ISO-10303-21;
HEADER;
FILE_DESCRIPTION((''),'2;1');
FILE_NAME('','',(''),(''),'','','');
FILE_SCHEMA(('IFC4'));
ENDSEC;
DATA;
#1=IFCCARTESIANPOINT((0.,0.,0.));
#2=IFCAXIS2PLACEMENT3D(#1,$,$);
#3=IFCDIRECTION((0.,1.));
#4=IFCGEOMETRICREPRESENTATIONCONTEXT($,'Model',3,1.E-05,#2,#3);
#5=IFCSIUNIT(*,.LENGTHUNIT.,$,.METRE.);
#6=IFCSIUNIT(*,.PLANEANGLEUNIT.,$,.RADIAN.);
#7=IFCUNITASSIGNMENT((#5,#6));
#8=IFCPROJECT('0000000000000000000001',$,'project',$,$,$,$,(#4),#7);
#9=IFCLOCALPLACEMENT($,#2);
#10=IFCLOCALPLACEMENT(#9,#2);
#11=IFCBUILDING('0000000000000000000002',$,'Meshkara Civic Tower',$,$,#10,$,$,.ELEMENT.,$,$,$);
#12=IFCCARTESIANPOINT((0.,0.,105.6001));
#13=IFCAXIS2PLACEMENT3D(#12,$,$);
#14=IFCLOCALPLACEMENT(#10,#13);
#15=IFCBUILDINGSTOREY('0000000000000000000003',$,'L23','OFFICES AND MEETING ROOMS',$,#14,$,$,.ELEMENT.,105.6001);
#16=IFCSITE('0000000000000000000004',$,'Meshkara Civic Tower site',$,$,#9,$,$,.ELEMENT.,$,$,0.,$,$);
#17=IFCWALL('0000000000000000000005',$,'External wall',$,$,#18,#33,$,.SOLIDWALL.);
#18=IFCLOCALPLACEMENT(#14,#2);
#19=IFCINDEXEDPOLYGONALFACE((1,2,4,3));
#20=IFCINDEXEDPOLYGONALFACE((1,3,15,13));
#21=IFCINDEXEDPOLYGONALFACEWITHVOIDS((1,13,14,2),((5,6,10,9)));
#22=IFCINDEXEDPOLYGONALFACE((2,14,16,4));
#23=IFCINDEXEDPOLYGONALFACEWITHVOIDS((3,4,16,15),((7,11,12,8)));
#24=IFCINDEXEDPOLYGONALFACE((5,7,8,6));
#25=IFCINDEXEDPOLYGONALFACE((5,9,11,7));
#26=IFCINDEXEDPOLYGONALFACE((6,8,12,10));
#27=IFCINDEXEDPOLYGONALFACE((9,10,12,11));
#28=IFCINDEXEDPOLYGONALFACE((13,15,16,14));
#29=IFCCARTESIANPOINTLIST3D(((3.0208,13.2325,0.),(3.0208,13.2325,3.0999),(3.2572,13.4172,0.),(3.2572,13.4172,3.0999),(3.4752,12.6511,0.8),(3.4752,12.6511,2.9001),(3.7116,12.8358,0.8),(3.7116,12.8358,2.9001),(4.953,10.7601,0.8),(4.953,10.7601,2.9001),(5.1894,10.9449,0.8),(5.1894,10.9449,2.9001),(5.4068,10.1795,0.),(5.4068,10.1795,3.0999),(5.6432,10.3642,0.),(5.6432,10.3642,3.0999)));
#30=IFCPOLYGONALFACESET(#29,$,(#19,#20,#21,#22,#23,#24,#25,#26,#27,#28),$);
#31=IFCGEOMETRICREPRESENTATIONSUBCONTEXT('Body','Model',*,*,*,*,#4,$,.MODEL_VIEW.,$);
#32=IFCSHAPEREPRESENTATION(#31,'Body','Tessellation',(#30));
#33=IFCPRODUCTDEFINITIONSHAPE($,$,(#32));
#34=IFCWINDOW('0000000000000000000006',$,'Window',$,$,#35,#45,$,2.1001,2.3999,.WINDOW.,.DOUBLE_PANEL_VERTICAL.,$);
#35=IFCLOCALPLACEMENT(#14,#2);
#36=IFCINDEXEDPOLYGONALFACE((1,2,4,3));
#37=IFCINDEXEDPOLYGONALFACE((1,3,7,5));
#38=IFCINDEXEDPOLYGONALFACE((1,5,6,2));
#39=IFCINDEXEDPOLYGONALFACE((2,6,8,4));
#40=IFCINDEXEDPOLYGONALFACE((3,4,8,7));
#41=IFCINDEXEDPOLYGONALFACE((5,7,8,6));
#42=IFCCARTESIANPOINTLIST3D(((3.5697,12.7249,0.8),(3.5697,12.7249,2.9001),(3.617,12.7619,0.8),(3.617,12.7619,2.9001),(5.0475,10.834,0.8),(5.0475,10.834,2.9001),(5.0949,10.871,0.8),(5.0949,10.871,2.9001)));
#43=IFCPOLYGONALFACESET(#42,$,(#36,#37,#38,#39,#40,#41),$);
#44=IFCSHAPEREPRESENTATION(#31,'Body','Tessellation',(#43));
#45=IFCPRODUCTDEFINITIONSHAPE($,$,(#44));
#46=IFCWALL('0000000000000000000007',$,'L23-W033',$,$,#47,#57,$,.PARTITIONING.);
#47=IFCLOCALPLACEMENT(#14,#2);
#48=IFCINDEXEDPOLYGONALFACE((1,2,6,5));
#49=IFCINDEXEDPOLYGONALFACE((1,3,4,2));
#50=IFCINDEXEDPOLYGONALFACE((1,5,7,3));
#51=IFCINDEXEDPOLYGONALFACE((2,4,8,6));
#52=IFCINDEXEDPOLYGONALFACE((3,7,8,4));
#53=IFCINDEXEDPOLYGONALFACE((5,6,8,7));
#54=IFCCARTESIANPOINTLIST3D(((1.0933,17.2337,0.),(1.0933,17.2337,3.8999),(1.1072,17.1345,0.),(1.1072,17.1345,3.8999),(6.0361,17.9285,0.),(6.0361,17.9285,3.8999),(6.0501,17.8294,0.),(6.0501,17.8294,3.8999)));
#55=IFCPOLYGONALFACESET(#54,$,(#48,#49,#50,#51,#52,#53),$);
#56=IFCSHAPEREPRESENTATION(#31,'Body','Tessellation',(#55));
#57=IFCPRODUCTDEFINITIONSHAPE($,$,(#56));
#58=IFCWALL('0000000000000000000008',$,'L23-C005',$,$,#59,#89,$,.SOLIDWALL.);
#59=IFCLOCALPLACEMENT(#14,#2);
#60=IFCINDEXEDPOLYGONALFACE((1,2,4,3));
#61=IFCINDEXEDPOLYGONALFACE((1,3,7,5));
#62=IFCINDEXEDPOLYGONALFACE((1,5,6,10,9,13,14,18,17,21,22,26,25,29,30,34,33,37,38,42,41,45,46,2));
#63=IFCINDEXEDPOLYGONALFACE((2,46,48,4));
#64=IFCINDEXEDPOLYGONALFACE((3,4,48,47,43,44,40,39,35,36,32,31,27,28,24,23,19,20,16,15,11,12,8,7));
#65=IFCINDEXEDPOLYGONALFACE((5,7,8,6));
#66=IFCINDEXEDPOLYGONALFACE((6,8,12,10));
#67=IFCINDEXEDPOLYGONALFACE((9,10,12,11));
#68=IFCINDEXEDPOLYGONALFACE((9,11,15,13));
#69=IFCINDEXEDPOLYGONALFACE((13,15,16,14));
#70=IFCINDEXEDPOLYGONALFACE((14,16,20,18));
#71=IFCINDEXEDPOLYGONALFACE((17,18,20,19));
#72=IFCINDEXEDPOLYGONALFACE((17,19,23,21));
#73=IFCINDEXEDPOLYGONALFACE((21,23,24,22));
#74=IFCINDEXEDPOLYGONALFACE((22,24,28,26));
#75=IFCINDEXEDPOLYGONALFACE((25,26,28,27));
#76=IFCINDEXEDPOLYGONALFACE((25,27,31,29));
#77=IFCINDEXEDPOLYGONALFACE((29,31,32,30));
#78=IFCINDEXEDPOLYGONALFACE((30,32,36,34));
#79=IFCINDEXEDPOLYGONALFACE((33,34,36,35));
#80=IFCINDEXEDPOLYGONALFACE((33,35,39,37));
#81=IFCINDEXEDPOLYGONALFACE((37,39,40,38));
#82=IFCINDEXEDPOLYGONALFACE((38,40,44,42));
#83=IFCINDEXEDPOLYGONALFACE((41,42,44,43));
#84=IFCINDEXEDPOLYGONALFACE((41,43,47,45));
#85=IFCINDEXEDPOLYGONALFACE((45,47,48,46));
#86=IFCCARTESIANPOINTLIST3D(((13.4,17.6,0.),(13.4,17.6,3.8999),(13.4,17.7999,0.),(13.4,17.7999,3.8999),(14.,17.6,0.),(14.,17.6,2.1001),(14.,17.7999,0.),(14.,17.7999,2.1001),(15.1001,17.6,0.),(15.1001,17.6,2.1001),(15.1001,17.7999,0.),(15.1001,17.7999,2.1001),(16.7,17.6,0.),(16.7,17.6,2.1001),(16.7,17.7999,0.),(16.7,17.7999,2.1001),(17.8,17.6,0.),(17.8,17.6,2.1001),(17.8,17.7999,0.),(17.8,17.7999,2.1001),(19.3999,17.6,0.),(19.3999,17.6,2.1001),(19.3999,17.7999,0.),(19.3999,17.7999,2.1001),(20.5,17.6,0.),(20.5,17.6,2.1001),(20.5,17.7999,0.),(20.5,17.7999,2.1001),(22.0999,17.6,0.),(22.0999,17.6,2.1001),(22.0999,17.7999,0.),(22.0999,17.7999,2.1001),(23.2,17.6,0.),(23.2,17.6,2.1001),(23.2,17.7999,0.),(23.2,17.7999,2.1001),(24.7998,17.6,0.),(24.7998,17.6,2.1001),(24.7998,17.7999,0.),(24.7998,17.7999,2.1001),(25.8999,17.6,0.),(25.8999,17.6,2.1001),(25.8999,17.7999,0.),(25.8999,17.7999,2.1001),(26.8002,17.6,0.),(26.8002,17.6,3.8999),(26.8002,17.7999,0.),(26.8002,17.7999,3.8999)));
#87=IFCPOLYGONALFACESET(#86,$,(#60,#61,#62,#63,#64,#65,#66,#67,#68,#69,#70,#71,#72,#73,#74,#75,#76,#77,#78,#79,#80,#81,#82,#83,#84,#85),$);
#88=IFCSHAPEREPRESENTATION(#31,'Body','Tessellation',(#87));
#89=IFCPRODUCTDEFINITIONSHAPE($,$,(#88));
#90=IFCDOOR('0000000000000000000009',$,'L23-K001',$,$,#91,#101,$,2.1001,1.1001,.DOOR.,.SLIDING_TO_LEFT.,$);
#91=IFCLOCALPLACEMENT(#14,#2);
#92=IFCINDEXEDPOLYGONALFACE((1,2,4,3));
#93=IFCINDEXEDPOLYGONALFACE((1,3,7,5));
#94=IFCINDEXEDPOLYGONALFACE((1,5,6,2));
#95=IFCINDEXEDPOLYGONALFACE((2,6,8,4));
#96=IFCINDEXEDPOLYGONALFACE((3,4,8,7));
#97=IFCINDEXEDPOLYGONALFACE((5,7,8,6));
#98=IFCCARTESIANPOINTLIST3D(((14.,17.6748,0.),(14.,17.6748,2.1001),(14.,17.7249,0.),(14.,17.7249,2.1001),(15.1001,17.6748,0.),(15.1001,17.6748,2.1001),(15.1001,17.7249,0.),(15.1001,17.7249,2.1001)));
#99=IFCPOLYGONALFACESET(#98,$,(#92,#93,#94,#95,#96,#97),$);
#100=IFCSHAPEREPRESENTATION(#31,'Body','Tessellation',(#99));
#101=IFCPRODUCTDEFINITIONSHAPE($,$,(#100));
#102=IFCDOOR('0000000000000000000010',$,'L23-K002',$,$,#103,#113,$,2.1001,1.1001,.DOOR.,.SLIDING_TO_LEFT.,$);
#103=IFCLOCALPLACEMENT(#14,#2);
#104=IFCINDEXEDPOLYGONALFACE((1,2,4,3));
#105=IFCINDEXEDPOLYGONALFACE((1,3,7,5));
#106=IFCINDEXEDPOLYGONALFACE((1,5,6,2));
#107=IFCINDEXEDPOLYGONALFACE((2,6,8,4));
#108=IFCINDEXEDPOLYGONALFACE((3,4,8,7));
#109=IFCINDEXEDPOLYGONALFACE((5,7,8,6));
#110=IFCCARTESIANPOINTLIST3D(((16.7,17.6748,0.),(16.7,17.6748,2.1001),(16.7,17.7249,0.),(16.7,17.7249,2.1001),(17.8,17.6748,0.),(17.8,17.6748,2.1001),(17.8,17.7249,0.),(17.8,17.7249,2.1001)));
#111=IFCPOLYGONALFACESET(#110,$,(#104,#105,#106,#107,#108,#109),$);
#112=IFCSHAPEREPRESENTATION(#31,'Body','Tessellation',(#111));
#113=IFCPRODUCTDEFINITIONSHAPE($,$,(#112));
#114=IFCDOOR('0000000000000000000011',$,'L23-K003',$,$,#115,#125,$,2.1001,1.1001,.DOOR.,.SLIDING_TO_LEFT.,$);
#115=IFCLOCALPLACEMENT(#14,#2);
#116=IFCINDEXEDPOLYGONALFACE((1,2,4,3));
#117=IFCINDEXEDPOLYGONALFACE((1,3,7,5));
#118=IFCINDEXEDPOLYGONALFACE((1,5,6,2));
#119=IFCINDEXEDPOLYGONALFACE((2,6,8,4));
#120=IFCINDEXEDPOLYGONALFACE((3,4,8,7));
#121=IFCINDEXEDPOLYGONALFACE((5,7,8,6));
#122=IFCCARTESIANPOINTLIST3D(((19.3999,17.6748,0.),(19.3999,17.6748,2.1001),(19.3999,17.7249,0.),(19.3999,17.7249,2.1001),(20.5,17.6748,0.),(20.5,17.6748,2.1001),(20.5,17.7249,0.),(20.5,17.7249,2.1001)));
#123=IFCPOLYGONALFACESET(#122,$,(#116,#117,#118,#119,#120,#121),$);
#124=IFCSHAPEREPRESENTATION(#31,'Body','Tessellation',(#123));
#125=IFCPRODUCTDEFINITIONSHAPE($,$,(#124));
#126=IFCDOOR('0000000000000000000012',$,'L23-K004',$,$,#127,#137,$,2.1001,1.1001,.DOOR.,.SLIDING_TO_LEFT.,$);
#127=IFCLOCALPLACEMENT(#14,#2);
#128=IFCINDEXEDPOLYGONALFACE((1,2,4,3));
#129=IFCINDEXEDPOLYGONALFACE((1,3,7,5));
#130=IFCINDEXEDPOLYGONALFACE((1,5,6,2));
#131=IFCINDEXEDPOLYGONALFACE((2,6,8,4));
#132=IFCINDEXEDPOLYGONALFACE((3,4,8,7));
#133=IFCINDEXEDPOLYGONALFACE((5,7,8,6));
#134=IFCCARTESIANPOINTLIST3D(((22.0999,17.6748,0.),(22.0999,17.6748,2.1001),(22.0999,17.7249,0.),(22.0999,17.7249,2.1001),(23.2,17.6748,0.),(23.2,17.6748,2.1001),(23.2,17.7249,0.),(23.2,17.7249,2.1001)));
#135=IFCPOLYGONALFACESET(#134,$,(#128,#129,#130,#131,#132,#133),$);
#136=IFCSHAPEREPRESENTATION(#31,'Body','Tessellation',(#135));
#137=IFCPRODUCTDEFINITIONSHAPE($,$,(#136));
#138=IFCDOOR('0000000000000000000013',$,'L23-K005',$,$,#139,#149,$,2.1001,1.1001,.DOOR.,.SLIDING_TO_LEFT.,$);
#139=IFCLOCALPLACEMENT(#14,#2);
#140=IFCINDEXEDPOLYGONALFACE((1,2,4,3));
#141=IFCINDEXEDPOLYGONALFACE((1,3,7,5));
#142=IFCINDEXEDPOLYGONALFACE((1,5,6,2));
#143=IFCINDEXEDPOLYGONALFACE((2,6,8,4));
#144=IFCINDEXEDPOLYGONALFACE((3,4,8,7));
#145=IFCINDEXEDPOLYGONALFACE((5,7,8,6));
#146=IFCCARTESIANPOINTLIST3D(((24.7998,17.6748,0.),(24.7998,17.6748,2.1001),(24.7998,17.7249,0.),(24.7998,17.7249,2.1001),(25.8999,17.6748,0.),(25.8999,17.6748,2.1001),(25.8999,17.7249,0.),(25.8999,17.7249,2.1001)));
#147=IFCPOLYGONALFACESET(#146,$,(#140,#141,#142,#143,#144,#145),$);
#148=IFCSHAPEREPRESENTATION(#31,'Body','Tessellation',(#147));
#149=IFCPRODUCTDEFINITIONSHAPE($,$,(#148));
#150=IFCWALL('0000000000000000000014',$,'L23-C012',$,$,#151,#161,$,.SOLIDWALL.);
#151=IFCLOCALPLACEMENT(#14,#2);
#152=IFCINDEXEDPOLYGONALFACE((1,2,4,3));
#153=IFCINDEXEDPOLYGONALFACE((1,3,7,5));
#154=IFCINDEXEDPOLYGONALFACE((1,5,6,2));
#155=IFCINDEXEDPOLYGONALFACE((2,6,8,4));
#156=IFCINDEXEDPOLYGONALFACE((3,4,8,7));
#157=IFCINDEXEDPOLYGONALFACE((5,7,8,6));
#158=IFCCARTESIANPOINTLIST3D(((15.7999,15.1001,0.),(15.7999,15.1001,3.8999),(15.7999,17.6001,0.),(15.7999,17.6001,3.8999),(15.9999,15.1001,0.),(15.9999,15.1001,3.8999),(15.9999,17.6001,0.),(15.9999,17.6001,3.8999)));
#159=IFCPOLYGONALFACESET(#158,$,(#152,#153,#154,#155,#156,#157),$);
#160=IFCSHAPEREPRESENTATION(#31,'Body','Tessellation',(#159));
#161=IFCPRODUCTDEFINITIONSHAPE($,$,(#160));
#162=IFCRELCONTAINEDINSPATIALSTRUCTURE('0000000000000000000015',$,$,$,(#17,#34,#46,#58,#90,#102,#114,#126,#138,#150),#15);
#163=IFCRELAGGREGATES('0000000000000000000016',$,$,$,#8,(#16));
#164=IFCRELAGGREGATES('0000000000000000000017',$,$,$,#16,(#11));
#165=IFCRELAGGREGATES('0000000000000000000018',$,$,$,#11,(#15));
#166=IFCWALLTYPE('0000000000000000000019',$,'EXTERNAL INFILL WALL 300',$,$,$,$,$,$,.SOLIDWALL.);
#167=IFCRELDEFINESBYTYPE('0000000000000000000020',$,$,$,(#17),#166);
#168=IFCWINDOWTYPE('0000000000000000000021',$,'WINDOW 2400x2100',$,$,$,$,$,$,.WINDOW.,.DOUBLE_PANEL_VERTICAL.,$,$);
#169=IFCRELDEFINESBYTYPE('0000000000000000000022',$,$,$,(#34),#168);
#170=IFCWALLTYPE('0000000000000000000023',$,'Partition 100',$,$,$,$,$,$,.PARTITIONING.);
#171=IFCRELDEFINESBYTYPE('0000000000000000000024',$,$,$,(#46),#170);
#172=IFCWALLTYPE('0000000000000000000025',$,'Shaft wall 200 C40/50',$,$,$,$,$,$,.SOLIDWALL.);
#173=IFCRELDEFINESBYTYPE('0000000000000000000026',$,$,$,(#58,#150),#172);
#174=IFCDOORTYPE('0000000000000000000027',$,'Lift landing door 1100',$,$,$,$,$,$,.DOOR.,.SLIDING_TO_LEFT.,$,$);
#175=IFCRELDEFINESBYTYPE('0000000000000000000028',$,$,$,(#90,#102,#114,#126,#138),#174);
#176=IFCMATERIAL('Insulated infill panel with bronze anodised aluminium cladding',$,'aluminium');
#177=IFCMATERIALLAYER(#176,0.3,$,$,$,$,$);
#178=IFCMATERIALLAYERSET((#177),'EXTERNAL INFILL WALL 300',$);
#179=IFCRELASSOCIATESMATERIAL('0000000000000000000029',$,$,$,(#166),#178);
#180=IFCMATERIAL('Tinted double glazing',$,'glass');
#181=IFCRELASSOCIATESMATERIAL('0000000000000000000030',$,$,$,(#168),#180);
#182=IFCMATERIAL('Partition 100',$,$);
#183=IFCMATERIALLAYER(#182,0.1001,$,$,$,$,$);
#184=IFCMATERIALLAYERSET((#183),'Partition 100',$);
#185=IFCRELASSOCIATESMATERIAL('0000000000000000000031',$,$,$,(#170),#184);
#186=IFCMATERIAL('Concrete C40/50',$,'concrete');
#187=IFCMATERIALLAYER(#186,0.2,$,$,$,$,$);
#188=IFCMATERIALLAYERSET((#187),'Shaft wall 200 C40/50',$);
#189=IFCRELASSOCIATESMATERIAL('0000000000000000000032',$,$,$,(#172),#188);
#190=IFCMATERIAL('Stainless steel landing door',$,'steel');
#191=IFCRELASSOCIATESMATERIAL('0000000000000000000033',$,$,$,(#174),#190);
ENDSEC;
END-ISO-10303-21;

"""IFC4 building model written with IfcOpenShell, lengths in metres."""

from ifc_helpers import new_model, si_unit, direction, frame, frame_2d, origin, place, context, subcontext, project, spatial, rectangle, extrude, material, layer, layer_set, type_object, element, fill, save


model = new_model("IFC4")

# Units and contexts
model_context = context("Model", 3, precision=1e-05, world=origin(), true_north=direction((0.0, 1.0)))
body_context = subcontext(model_context, "Body", "Model", "MODEL_VIEW")
ifc_project = project(units=[si_unit("LENGTHUNIT", "METRE"), si_unit("PLANEANGLEUNIT", "RADIAN")], contexts=[model_context])

# Site, building, storey
site_placement = place(None, origin())
site = spatial("IfcSite", under=ifc_project, at=site_placement, Name="Meshkara Civic Tower site", CompositionType="ELEMENT", RefElevation=0.0)
building_placement = place(site_placement, origin())
building = spatial("IfcBuilding", under=site, at=building_placement, Name="Meshkara Civic Tower", CompositionType="ELEMENT")
storey_placement = place(building_placement, frame((0.0, 0.0, 105.6001)))
storey = spatial("IfcBuildingStorey", under=building, at=storey_placement, Name="L23", Description="OFFICES AND MEETING ROOMS", CompositionType="ELEMENT", Elevation=105.6001)

# Wall, opening, window
ifc_material_1 = material(Name="Insulated infill panel with bronze anodised aluminium cladding", Category="aluminium")
ifc_layer_1 = layer(ifc_material_1, 0.3)
ifc_layer_set_1 = layer_set([ifc_layer_1], Name="EXTERNAL INFILL WALL 300")
wall_type_1 = type_object("IfcWallType", Name="EXTERNAL INFILL WALL 300", PredefinedType="SOLIDWALL", material=ifc_layer_set_1)
wall_1_placement = place(storey_placement, frame((3.1389, 13.325, 0.0), z_axis=(0.0, 0.0, 1.0), x_axis=(0.61578, -0.787918, 0.0)))
wall_1 = element("IfcWall", 1, at=wall_1_placement, inside=storey, type_object=wall_type_1, Name="External wall", PredefinedType="SOLIDWALL", context=body_context, shape_type="SweptSolid", body=[
    extrude(rectangle(XDim=3.8748, YDim=0.3, at=frame_2d((1.9375, 0.0))), origin(), (0.0, 0.0, 1.0), 3.0999),
])
opening_1_placement = place(wall_1_placement, frame((0.738, 0.0, 0.8)))
opening_1 = element("IfcOpeningElement", 2, at=opening_1_placement, cuts=wall_1, PredefinedType="OPENING", context=body_context, shape_type="SweptSolid", body=[
    extrude(rectangle(XDim=2.3999, YDim=2.1001, at=frame_2d((1.2, 1.05))), frame((0.0, 0.1599, 0.0), z_axis=(0.0, -1.0, 0.0), x_axis=(1.0, 0.0, 0.0)), (0.0, 0.0, 1.0), 0.3201),
])
ifc_material_2 = material(Name="Tinted double glazing", Category="glass")
window_type = type_object("IfcWindowType", Name="WINDOW 2400x2100", PartitioningType="DOUBLE_PANEL_VERTICAL", PredefinedType="WINDOW", material=ifc_material_2)
window_placement = place(opening_1_placement, origin())
window = element("IfcWindow", 3, at=window_placement, inside=storey, type_object=window_type, Name="Window", OverallHeight=2.1001, OverallWidth=2.3999, PartitioningType="DOUBLE_PANEL_VERTICAL", PredefinedType="WINDOW", context=body_context, shape_type="SweptSolid", body=[
    extrude(rectangle(XDim=2.3999, YDim=2.1001, at=frame_2d((1.2, 1.05))), frame((0.0, 0.03, 0.0), z_axis=(0.0, -1.0, 0.0), x_axis=(1.0, 0.0, 0.0)), (0.0, 0.0, 1.0), 0.0601),
])
fill(opening_1, window)

# Wall
ifc_material_3 = material(Name="Partition 100")
ifc_layer_2 = layer(ifc_material_3, 0.1001)
ifc_layer_set_2 = layer_set([ifc_layer_2], Name="Partition 100")
wall_type_2 = type_object("IfcWallType", Name="Partition 100", PredefinedType="PARTITIONING", material=ifc_layer_set_2)
wall_2_placement = place(storey_placement, frame((6.043, 17.8789, 0.0), z_axis=(0.0, 0.0, 1.0), x_axis=(-0.990264, -0.139202, 0.0)))
element("IfcWall", 4, at=wall_2_placement, inside=storey, type_object=wall_type_2, Name="L23-W033", PredefinedType="PARTITIONING", context=body_context, shape_type="SweptSolid", body=[
    extrude(rectangle(XDim=4.9915, YDim=0.1001, at=frame_2d((2.4956, 0.0))), origin(), (0.0, 0.0, 1.0), 3.8999),
])

# Wall, openings, doors
ifc_material_4 = material(Name="Concrete C40/50", Category="concrete")
ifc_layer_3 = layer(ifc_material_4, 0.2)
ifc_layer_set_3 = layer_set([ifc_layer_3], Name="Shaft wall 200 C40/50")
wall_type_3 = type_object("IfcWallType", Name="Shaft wall 200 C40/50", PredefinedType="SOLIDWALL", material=ifc_layer_set_3)
wall_3_placement = place(storey_placement, frame((13.3999, 17.7, 0.0), z_axis=(0.0, 0.0, 1.0), x_axis=(1.0, 0.0, 0.0)))
wall_3 = element("IfcWall", 5, at=wall_3_placement, inside=storey, type_object=wall_type_3, Name="L23-C005", PredefinedType="SOLIDWALL", context=body_context, shape_type="SweptSolid", body=[
    extrude(rectangle(XDim=13.4001, YDim=0.2, at=frame_2d((6.7002, 0.0))), origin(), (0.0, 0.0, 1.0), 3.8999),
])
opening_2_placement = place(wall_3_placement, frame((0.6001, 0.0, 0.0)))
opening_2 = element("IfcOpeningElement", 6, at=opening_2_placement, cuts=wall_3, PredefinedType="OPENING", context=body_context, shape_type="SweptSolid", body=[
    extrude(rectangle(XDim=1.1001, YDim=2.1001, at=frame_2d((0.55, 1.05))), frame((0.0, 0.1099, 0.0), z_axis=(0.0, -1.0, 0.0), x_axis=(1.0, 0.0, 0.0)), (0.0, 0.0, 1.0), 0.22),
])
opening_3_placement = place(wall_3_placement, frame((3.3, 0.0, 0.0)))
opening_3 = element("IfcOpeningElement", 7, at=opening_3_placement, cuts=wall_3, PredefinedType="OPENING", context=body_context, shape_type="SweptSolid", body=[
    extrude(rectangle(XDim=1.1001, YDim=2.1001, at=frame_2d((0.55, 1.05))), frame((0.0, 0.1099, 0.0), z_axis=(0.0, -1.0, 0.0), x_axis=(1.0, 0.0, 0.0)), (0.0, 0.0, 1.0), 0.22),
])
opening_4_placement = place(wall_3_placement, frame((6.0, 0.0, 0.0)))
opening_4 = element("IfcOpeningElement", 8, at=opening_4_placement, cuts=wall_3, PredefinedType="OPENING", context=body_context, shape_type="SweptSolid", body=[
    extrude(rectangle(XDim=1.1001, YDim=2.1001, at=frame_2d((0.55, 1.05))), frame((0.0, 0.1099, 0.0), z_axis=(0.0, -1.0, 0.0), x_axis=(1.0, 0.0, 0.0)), (0.0, 0.0, 1.0), 0.22),
])
opening_5_placement = place(wall_3_placement, frame((8.7, 0.0, 0.0)))
opening_5 = element("IfcOpeningElement", 9, at=opening_5_placement, cuts=wall_3, PredefinedType="OPENING", context=body_context, shape_type="SweptSolid", body=[
    extrude(rectangle(XDim=1.1001, YDim=2.1001, at=frame_2d((0.55, 1.05))), frame((0.0, 0.1099, 0.0), z_axis=(0.0, -1.0, 0.0), x_axis=(1.0, 0.0, 0.0)), (0.0, 0.0, 1.0), 0.22),
])
opening_6_placement = place(wall_3_placement, frame((11.3999, 0.0, 0.0)))
opening_6 = element("IfcOpeningElement", 10, at=opening_6_placement, cuts=wall_3, PredefinedType="OPENING", context=body_context, shape_type="SweptSolid", body=[
    extrude(rectangle(XDim=1.1001, YDim=2.1001, at=frame_2d((0.55, 1.05))), frame((0.0, 0.1099, 0.0), z_axis=(0.0, -1.0, 0.0), x_axis=(1.0, 0.0, 0.0)), (0.0, 0.0, 1.0), 0.22),
])
ifc_material_5 = material(Name="Stainless steel landing door", Category="steel")
door_type_1 = type_object("IfcDoorType", Name="Lift landing door 1100", OperationType="SLIDING_TO_LEFT", PredefinedType="DOOR", material=ifc_material_5)
door_1_placement = place(opening_2_placement, origin())
door_1 = element("IfcDoor", 11, at=door_1_placement, inside=storey, type_object=door_type_1, Name="L23-K001", OperationType="SLIDING_TO_LEFT", OverallHeight=2.1001, OverallWidth=1.1001, PredefinedType="DOOR", context=body_context, shape_type="SweptSolid", body=[
    extrude(rectangle(XDim=1.1001, YDim=2.1001, at=frame_2d((0.55, 1.05))), frame((0.0, 0.0249, 0.0), z_axis=(0.0, -1.0, 0.0), x_axis=(1.0, 0.0, 0.0)), (0.0, 0.0, 1.0), 0.05),
])
fill(opening_2, door_1)
door_2_placement = place(opening_3_placement, origin())
door_2 = element("IfcDoor", 12, at=door_2_placement, inside=storey, type_object=door_type_1, Name="L23-K002", OperationType="SLIDING_TO_LEFT", OverallHeight=2.1001, OverallWidth=1.1001, PredefinedType="DOOR", context=body_context, shape_type="SweptSolid", body=[
    extrude(rectangle(XDim=1.1001, YDim=2.1001, at=frame_2d((0.55, 1.05))), frame((0.0, 0.0249, 0.0), z_axis=(0.0, -1.0, 0.0), x_axis=(1.0, 0.0, 0.0)), (0.0, 0.0, 1.0), 0.05),
])
fill(opening_3, door_2)
door_3_placement = place(opening_4_placement, origin())
door_3 = element("IfcDoor", 13, at=door_3_placement, inside=storey, type_object=door_type_1, Name="L23-K003", OperationType="SLIDING_TO_LEFT", OverallHeight=2.1001, OverallWidth=1.1001, PredefinedType="DOOR", context=body_context, shape_type="SweptSolid", body=[
    extrude(rectangle(XDim=1.1001, YDim=2.1001, at=frame_2d((0.55, 1.05))), frame((0.0, 0.0249, 0.0), z_axis=(0.0, -1.0, 0.0), x_axis=(1.0, 0.0, 0.0)), (0.0, 0.0, 1.0), 0.05),
])
fill(opening_4, door_3)
door_4_placement = place(opening_5_placement, origin())
door_4 = element("IfcDoor", 14, at=door_4_placement, inside=storey, type_object=door_type_1, Name="L23-K004", OperationType="SLIDING_TO_LEFT", OverallHeight=2.1001, OverallWidth=1.1001, PredefinedType="DOOR", context=body_context, shape_type="SweptSolid", body=[
    extrude(rectangle(XDim=1.1001, YDim=2.1001, at=frame_2d((0.55, 1.05))), frame((0.0, 0.0249, 0.0), z_axis=(0.0, -1.0, 0.0), x_axis=(1.0, 0.0, 0.0)), (0.0, 0.0, 1.0), 0.05),
])
fill(opening_5, door_4)
door_5_placement = place(opening_6_placement, origin())
door_5 = element("IfcDoor", 15, at=door_5_placement, inside=storey, type_object=door_type_1, Name="L23-K005", OperationType="SLIDING_TO_LEFT", OverallHeight=2.1001, OverallWidth=1.1001, PredefinedType="DOOR", context=body_context, shape_type="SweptSolid", body=[
    extrude(rectangle(XDim=1.1001, YDim=2.1001, at=frame_2d((0.55, 1.05))), frame((0.0, 0.0249, 0.0), z_axis=(0.0, -1.0, 0.0), x_axis=(1.0, 0.0, 0.0)), (0.0, 0.0, 1.0), 0.05),
])
fill(opening_6, door_5)

# Wall
wall_4_placement = place(storey_placement, frame((15.8999, 15.1001, 0.0), z_axis=(0.0, 0.0, 1.0), x_axis=(0.0, 1.0, 0.0)))
element("IfcWall", 16, at=wall_4_placement, inside=storey, type_object=wall_type_3, Name="L23-C012", PredefinedType="SOLIDWALL", context=body_context, shape_type="SweptSolid", body=[
    extrude(rectangle(XDim=2.5, YDim=0.2, at=frame_2d((1.25, 0.0))), origin(), (0.0, 0.0, 1.0), 3.8999),
])

save(model, "model.ifc")
